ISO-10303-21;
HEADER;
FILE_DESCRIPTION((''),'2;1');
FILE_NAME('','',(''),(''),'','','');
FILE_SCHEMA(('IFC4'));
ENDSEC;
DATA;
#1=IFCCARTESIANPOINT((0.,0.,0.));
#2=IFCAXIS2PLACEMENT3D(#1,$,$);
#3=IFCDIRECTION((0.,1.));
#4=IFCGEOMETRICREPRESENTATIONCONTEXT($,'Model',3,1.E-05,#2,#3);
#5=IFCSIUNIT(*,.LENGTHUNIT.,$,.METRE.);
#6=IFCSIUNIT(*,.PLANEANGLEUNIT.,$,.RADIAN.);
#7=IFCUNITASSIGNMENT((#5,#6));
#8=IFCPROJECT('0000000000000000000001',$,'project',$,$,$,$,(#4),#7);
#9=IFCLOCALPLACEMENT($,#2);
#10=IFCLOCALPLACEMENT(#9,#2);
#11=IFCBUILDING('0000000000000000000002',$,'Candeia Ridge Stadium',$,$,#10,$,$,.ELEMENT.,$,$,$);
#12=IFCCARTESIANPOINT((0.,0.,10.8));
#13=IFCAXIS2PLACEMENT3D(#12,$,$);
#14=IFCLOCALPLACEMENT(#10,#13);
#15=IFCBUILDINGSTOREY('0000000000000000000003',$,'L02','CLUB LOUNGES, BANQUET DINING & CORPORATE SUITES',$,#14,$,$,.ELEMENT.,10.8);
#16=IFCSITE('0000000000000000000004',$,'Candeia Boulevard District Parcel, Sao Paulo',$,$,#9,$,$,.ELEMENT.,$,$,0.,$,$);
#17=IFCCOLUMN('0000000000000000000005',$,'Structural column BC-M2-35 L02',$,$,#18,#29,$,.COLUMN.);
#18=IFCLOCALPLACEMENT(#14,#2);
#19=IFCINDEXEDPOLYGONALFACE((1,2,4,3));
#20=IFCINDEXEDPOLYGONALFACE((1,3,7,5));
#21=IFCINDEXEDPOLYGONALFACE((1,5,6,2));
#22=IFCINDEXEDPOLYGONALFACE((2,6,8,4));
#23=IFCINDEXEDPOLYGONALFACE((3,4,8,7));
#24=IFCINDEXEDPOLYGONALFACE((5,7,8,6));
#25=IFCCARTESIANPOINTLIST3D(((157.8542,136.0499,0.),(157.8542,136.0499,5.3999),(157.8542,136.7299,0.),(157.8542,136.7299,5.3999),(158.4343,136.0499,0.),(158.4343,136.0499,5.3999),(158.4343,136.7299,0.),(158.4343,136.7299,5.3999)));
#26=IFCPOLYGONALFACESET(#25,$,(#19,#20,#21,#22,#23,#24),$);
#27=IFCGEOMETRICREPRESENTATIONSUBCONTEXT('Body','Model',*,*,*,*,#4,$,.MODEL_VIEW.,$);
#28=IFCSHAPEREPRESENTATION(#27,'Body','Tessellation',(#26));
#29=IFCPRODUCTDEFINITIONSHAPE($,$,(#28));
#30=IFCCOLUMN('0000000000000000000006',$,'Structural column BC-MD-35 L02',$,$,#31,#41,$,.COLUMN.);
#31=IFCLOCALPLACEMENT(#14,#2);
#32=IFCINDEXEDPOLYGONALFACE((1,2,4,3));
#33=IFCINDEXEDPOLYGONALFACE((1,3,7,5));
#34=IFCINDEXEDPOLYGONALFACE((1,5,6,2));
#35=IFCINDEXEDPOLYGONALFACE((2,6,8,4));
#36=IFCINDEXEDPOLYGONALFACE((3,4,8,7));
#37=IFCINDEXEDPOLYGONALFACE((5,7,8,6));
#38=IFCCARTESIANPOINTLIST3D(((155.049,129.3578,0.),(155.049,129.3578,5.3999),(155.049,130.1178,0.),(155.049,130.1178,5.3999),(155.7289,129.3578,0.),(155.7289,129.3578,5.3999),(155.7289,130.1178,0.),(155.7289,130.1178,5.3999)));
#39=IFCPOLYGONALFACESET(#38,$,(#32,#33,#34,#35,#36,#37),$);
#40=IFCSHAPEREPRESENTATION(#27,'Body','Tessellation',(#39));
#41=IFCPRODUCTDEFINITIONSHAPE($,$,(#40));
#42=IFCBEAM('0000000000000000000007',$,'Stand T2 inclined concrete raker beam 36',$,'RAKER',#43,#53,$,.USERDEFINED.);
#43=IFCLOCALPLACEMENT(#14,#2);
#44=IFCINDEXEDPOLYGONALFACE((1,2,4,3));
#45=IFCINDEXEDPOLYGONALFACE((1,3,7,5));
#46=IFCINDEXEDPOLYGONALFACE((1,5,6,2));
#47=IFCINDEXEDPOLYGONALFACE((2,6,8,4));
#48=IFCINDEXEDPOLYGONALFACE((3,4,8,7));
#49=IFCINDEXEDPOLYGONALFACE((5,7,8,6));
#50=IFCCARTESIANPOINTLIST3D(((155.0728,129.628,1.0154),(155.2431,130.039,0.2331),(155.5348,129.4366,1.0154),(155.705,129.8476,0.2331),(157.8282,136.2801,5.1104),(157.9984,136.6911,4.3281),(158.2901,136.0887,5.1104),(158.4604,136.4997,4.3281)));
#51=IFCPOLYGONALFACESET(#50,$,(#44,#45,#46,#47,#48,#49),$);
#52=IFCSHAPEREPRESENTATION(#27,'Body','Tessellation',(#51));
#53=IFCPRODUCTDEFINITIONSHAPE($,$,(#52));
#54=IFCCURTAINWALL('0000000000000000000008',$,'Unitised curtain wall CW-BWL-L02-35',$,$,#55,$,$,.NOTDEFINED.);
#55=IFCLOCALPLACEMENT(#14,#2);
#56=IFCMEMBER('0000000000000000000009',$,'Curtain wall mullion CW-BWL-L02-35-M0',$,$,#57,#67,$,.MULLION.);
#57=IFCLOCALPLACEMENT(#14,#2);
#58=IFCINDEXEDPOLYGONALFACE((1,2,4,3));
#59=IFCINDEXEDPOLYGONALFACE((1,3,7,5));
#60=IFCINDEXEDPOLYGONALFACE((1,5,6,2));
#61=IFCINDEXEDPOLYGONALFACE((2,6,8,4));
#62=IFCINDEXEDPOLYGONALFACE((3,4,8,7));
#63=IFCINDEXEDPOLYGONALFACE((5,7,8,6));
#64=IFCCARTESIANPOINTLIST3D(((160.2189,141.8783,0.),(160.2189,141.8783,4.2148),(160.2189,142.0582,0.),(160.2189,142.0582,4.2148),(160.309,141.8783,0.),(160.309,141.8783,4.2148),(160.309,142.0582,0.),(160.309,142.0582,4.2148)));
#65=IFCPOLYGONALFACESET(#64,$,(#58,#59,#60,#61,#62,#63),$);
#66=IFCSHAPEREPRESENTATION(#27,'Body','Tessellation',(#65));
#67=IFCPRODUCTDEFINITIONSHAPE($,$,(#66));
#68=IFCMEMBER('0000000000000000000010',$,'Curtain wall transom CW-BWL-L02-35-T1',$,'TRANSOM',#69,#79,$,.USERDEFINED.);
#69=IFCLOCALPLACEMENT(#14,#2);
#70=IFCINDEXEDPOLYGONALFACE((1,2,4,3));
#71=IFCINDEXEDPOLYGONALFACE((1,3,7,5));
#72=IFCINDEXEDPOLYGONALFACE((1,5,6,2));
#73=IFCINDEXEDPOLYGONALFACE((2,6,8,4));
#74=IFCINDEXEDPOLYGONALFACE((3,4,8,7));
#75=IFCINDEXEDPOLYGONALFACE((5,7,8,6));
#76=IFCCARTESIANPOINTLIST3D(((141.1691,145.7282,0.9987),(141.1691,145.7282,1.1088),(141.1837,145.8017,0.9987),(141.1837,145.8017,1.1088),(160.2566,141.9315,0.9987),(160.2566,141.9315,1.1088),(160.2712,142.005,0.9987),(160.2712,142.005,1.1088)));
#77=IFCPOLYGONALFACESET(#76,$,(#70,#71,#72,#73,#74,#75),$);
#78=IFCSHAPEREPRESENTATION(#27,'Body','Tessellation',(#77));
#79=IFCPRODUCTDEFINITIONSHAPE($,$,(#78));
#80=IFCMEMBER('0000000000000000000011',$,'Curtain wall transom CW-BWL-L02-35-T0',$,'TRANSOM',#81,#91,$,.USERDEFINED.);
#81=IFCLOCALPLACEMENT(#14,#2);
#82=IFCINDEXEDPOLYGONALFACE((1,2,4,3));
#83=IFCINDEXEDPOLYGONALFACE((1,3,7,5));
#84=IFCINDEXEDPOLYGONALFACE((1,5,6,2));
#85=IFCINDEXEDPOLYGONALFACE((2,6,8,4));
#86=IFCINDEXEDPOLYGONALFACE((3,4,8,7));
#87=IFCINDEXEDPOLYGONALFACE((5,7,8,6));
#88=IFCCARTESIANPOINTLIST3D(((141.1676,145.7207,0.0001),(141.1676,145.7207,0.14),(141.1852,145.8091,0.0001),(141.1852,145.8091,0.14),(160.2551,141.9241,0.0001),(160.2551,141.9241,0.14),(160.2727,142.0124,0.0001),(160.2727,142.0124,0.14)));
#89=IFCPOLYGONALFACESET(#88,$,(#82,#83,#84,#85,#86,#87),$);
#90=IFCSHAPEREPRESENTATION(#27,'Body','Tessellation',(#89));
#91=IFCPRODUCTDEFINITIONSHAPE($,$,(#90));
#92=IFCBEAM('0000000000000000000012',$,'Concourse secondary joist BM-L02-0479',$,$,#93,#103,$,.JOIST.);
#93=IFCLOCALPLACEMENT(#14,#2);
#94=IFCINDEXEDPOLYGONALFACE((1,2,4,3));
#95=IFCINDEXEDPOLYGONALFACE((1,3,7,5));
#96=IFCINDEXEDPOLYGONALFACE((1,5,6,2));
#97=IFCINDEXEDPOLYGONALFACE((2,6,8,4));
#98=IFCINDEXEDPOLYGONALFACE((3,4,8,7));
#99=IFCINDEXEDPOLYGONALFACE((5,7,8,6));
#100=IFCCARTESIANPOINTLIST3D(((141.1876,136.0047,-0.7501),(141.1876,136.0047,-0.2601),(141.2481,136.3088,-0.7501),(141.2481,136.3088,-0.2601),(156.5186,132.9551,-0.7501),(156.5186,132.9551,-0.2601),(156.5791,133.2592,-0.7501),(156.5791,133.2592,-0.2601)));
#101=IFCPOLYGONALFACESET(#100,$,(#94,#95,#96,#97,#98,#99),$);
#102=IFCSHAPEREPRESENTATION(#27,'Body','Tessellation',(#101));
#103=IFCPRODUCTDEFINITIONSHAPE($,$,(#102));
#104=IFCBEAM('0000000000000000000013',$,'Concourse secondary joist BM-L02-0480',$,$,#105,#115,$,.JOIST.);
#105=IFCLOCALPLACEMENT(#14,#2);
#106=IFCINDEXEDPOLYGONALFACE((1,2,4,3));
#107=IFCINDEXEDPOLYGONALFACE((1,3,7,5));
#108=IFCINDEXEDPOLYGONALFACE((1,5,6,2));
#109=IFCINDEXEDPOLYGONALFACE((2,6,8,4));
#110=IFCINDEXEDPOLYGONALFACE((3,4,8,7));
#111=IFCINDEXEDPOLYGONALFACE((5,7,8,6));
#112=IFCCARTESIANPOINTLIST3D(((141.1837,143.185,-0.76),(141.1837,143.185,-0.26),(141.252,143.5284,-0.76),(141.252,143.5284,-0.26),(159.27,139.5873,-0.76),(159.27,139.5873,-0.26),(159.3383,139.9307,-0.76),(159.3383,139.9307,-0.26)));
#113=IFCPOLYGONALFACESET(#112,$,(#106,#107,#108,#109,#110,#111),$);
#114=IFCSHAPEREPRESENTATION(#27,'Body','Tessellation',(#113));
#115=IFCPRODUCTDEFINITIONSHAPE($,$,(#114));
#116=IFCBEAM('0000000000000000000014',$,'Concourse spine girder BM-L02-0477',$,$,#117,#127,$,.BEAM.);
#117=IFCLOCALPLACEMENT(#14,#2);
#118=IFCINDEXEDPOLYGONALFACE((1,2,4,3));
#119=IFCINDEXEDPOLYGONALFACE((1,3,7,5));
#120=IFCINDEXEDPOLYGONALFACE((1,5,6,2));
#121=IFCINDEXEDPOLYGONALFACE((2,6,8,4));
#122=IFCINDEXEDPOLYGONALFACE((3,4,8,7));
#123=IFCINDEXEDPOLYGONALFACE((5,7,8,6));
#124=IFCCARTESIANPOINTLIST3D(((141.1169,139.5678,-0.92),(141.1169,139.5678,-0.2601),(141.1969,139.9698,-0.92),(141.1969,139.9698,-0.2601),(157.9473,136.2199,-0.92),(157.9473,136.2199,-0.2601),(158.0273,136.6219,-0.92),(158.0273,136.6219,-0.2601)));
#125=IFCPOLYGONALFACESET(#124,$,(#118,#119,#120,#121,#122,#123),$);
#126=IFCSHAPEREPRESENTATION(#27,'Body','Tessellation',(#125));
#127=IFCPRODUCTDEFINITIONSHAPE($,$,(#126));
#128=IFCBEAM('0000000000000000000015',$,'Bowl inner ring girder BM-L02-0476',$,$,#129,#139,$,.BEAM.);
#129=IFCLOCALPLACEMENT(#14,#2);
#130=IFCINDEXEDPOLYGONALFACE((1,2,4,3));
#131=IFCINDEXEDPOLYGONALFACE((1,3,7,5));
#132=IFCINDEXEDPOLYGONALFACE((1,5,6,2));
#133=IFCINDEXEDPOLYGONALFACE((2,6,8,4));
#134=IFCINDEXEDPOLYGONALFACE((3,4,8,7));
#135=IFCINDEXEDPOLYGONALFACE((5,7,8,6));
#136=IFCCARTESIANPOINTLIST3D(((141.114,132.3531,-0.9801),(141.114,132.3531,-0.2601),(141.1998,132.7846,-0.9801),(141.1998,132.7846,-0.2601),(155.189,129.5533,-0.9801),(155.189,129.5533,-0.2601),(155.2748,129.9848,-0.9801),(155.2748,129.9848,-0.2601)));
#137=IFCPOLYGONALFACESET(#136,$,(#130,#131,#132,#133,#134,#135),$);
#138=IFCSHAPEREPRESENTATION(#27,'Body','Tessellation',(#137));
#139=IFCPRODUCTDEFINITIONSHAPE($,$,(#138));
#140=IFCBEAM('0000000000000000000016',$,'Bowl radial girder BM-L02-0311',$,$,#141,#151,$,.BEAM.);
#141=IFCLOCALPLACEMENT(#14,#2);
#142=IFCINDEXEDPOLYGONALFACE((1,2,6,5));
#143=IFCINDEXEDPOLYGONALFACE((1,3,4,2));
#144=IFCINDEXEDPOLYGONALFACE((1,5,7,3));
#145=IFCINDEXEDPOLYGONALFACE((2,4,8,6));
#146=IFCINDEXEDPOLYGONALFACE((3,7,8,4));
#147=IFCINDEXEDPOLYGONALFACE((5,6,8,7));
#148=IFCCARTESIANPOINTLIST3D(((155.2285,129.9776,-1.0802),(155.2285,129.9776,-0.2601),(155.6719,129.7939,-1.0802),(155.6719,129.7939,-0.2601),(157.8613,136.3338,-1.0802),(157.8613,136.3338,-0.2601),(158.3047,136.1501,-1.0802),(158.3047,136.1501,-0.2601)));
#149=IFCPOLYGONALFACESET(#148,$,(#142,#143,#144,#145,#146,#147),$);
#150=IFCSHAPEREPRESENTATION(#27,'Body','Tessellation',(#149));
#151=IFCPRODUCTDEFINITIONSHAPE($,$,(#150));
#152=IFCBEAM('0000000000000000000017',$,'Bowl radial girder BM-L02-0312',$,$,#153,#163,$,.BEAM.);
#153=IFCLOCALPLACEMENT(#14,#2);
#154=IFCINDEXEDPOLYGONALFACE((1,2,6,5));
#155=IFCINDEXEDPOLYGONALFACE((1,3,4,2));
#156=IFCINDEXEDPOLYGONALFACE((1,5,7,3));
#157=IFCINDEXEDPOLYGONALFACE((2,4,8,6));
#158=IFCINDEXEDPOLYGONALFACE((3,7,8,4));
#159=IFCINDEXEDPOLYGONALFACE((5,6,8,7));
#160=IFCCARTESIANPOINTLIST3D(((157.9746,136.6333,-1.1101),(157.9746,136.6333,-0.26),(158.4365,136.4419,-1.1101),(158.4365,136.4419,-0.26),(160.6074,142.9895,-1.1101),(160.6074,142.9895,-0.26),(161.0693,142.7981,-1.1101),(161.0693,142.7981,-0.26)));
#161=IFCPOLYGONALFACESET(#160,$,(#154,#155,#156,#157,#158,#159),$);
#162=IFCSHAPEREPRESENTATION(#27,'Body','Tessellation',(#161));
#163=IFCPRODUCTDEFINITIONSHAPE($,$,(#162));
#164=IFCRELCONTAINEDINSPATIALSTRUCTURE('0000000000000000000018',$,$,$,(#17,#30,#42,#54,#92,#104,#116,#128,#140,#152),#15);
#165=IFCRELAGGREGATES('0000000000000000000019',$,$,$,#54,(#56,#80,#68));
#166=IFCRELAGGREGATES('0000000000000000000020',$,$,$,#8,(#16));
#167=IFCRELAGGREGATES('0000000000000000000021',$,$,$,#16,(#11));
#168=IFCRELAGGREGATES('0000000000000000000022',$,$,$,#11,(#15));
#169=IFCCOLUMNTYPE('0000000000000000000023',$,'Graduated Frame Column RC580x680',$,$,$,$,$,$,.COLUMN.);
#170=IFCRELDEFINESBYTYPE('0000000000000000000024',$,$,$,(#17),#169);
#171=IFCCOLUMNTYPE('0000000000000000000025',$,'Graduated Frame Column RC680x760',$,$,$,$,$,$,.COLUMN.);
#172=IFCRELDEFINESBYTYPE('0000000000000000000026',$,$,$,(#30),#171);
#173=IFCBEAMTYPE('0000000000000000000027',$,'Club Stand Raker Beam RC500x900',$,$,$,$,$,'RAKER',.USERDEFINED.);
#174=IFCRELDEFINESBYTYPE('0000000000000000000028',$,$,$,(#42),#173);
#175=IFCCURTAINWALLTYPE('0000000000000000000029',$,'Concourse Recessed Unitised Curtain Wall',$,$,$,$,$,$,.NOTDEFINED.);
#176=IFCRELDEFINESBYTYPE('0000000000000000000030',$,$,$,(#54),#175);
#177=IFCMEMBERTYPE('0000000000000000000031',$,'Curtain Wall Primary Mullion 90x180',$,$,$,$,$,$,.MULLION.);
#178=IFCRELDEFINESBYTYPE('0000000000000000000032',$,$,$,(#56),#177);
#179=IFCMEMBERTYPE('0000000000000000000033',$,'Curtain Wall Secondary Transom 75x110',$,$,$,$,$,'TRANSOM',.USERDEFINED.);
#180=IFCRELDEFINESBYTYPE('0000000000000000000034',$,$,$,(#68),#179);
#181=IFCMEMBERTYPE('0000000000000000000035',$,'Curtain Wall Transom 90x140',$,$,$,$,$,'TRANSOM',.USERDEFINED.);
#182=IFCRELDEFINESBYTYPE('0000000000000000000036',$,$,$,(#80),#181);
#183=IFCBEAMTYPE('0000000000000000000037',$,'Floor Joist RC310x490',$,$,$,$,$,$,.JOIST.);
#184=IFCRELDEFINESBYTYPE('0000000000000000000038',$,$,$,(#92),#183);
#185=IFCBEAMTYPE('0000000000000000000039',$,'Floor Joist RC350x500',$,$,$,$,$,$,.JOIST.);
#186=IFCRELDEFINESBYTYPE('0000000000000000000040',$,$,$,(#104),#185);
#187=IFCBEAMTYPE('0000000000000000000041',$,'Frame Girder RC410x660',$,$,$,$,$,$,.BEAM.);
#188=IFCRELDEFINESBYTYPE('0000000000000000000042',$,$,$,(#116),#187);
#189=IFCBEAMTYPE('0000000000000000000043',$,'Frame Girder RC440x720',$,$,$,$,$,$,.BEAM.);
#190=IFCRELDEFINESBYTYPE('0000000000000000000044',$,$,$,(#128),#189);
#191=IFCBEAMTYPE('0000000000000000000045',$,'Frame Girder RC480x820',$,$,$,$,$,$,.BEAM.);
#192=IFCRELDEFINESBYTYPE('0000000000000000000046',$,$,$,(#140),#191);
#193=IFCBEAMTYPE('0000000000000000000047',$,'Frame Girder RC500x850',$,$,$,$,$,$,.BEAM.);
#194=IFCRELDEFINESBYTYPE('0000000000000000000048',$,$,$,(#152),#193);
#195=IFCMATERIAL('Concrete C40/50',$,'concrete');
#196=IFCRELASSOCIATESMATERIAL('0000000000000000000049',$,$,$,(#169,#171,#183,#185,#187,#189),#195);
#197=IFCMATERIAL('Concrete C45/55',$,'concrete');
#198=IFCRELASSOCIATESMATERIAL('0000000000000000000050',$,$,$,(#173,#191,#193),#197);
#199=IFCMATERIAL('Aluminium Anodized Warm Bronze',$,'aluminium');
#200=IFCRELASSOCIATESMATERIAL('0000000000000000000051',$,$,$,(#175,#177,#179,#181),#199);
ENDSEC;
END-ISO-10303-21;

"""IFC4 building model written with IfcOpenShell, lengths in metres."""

from ifc_helpers import new_model, si_unit, direction, frame, origin, origin_2d, place, context, subcontext, project, spatial, rectangle, extrude, material, material_profile, profile_set, type_object, element, aggregate, save


model = new_model("IFC4")

# Units and contexts
model_context = context("Model", 3, precision=1e-05, world=origin(), true_north=direction((0.0, 1.0)))
body_context = subcontext(model_context, "Body", "Model", "MODEL_VIEW")
ifc_project = project(units=[si_unit("LENGTHUNIT", "METRE"), si_unit("PLANEANGLEUNIT", "RADIAN")], contexts=[model_context])

# Site, building, storey
site_placement = place(None, origin())
site = spatial("IfcSite", under=ifc_project, at=site_placement, Name="Candeia Boulevard District Parcel, Sao Paulo", CompositionType="ELEMENT", RefElevation=0.0)
building_placement = place(site_placement, origin())
building = spatial("IfcBuilding", under=site, at=building_placement, Name="Candeia Ridge Stadium", CompositionType="ELEMENT")
storey_placement = place(building_placement, frame((0.0, 0.0, 10.8)))
storey = spatial("IfcBuildingStorey", under=building, at=storey_placement, Name="L02", Description="CLUB LOUNGES, BANQUET DINING & CORPORATE SUITES", CompositionType="ELEMENT", Elevation=10.8)

# Columns
ifc_material_1 = material(Name="Concrete C40/50", Category="concrete")
ifc_material_profile_1 = material_profile(ifc_material_1, rectangle(XDim=0.5801, YDim=0.6799, at=origin_2d()), Name="RC580x680", Category="concrete")
ifc_profile_set_1 = profile_set([ifc_material_profile_1], Name="Concrete C40/50")
column_type_1 = type_object("IfcColumnType", Name="Graduated Frame Column RC580x680", PredefinedType="COLUMN", material=ifc_profile_set_1)
column_1_placement = place(storey_placement, frame((158.1443, 136.3899, 0.0), z_axis=(0.0, 0.0, 1.0), x_axis=(1.0, 0.0, 0.0)))
element("IfcColumn", 1, at=column_1_placement, inside=storey, type_object=column_type_1, Name="Structural column BC-M2-35 L02", PredefinedType="COLUMN", context=body_context, shape_type="SweptSolid", body=[
    extrude(rectangle(XDim=0.5801, YDim=0.6799, at=origin_2d()), origin(), (0.0, 0.0, 1.0), 5.3999),
])
ifc_material_profile_2 = material_profile(ifc_material_1, rectangle(XDim=0.6799, YDim=0.76, at=origin_2d()), Name="RC680x760", Category="concrete")
ifc_profile_set_2 = profile_set([ifc_material_profile_2], Name="Concrete C40/50")
column_type_2 = type_object("IfcColumnType", Name="Graduated Frame Column RC680x760", PredefinedType="COLUMN", material=ifc_profile_set_2)
column_2_placement = place(storey_placement, frame((155.3889, 129.7378, 0.0), z_axis=(0.0, 0.0, 1.0), x_axis=(1.0, 0.0, 0.0)))
element("IfcColumn", 2, at=column_2_placement, inside=storey, type_object=column_type_2, Name="Structural column BC-MD-35 L02", PredefinedType="COLUMN", context=body_context, shape_type="SweptSolid", body=[
    extrude(rectangle(XDim=0.6799, YDim=0.76, at=origin_2d()), origin(), (0.0, 0.0, 1.0), 5.3999),
])

# Beam
ifc_material_2 = material(Name="Concrete C45/55", Category="concrete")
ifc_material_profile_3 = material_profile(ifc_material_2, rectangle(XDim=0.5, YDim=0.8999, at=origin_2d()), Name="RC500x900", Category="concrete")
ifc_profile_set_3 = profile_set([ifc_material_profile_3], Name="Concrete C45/55")
beam_type_1 = type_object("IfcBeamType", Name="Club Stand Raker Beam RC500x900", ElementType="RAKER", PredefinedType="USERDEFINED", material=ifc_profile_set_3)
beam_1_placement = place(storey_placement, frame((155.3889, 129.7378, 0.6243), z_axis=(0.332646, 0.803084, 0.494371), x_axis=(-0.92388, 0.382681, 0.0)))
element("IfcBeam", 3, at=beam_1_placement, inside=storey, type_object=beam_type_1, Name="Stand T2 inclined concrete raker beam 36", ObjectType="RAKER", PredefinedType="USERDEFINED", context=body_context, shape_type="SweptSolid", body=[
    extrude(rectangle(XDim=0.5, YDim=0.8999, at=origin_2d()), origin(), (0.0, 0.0, 1.0), 8.2832),
])

# Curtain wall, members
ifc_material_3 = material(Name="Aluminium Anodized Warm Bronze", Category="aluminium")
curtain_wall_type = type_object("IfcCurtainWallType", Name="Concourse Recessed Unitised Curtain Wall", PredefinedType="NOTDEFINED", material=ifc_material_3)
curtain_wall_placement = place(storey_placement, origin())
curtain_wall = element("IfcCurtainWall", 4, at=curtain_wall_placement, inside=storey, type_object=curtain_wall_type, Name="Unitised curtain wall CW-BWL-L02-35", PredefinedType="NOTDEFINED")
ifc_material_profile_4 = material_profile(ifc_material_3, rectangle(XDim=0.0901, YDim=0.1799, at=origin_2d()), Name="CWM-90x180", Category="aluminium")
ifc_profile_set_4 = profile_set([ifc_material_profile_4], Name="Aluminium Anodized Warm Bronze")
member_type_1 = type_object("IfcMemberType", Name="Curtain Wall Primary Mullion 90x180", PredefinedType="MULLION", material=ifc_profile_set_4)
member_1_placement = place(storey_placement, frame((160.2639, 141.9683, 0.0), z_axis=(0.0, 0.0, 1.0), x_axis=(1.0, 0.0, 0.0)))
member_1 = element("IfcMember", 5, at=member_1_placement, type_object=member_type_1, Name="Curtain wall mullion CW-BWL-L02-35-M0", PredefinedType="MULLION", context=body_context, shape_type="SweptSolid", body=[
    extrude(rectangle(XDim=0.0901, YDim=0.1799, at=origin_2d()), origin(), (0.0, 0.0, 1.0), 4.2148),
])
ifc_material_profile_5 = material_profile(ifc_material_3, rectangle(XDim=0.075, YDim=0.1101, at=origin_2d()), Name="CWT-75x110", Category="aluminium")
ifc_profile_set_5 = profile_set([ifc_material_profile_5], Name="Aluminium Anodized Warm Bronze")
member_type_2 = type_object("IfcMemberType", Name="Curtain Wall Secondary Transom 75x110", ElementType="TRANSOM", PredefinedType="USERDEFINED", material=ifc_profile_set_5)
member_2_placement = place(storey_placement, frame((160.2639, 141.9683, 1.0537), z_axis=(-0.980786, 0.195086, 0.0), x_axis=(-0.195086, -0.980786, 0.0)))
member_2 = element("IfcMember", 6, at=member_2_placement, type_object=member_type_2, Name="Curtain wall transom CW-BWL-L02-35-T1", ObjectType="TRANSOM", PredefinedType="USERDEFINED", context=body_context, shape_type="SweptSolid", body=[
    extrude(rectangle(XDim=0.075, YDim=0.1101, at=origin_2d()), origin(), (0.0, 0.0, 1.0), 19.4614),
])
ifc_material_profile_6 = material_profile(ifc_material_3, rectangle(XDim=0.0901, YDim=0.1399, at=origin_2d()), Name="CWT-90x140", Category="aluminium")
ifc_profile_set_6 = profile_set([ifc_material_profile_6], Name="Aluminium Anodized Warm Bronze")
member_type_3 = type_object("IfcMemberType", Name="Curtain Wall Transom 90x140", ElementType="TRANSOM", PredefinedType="USERDEFINED", material=ifc_profile_set_6)
member_3_placement = place(storey_placement, frame((160.2639, 141.9683, 0.0701), z_axis=(-0.980786, 0.195086, 0.0), x_axis=(-0.195086, -0.980786, 0.0)))
member_3 = element("IfcMember", 7, at=member_3_placement, type_object=member_type_3, Name="Curtain wall transom CW-BWL-L02-35-T0", ObjectType="TRANSOM", PredefinedType="USERDEFINED", context=body_context, shape_type="SweptSolid", body=[
    extrude(rectangle(XDim=0.0901, YDim=0.1399, at=origin_2d()), origin(), (0.0, 0.0, 1.0), 19.4614),
])
aggregate(curtain_wall, [member_1, member_3, member_2])

# Beams
ifc_material_profile_7 = material_profile(ifc_material_1, rectangle(XDim=0.3101, YDim=0.49, at=origin_2d()), Name="RC310x490", Category="concrete")
ifc_profile_set_7 = profile_set([ifc_material_profile_7], Name="Concrete C40/50")
beam_type_2 = type_object("IfcBeamType", Name="Floor Joist RC310x490", PredefinedType="JOIST", material=ifc_profile_set_7)
beam_2_placement = place(storey_placement, frame((156.5488, 133.1072, -0.5051), z_axis=(-0.980785, 0.195092, 0.0), x_axis=(-0.195092, -0.980785, 0.0)))
element("IfcBeam", 8, at=beam_2_placement, inside=storey, type_object=beam_type_2, Name="Concourse secondary joist BM-L02-0479", PredefinedType="JOIST", context=body_context, shape_type="SweptSolid", body=[
    extrude(rectangle(XDim=0.3101, YDim=0.49, at=origin_2d()), origin(), (0.0, 0.0, 1.0), 15.6313),
])
ifc_material_profile_8 = material_profile(ifc_material_1, rectangle(XDim=0.3501, YDim=0.5, at=origin_2d()), Name="RC350x500", Category="concrete")
ifc_profile_set_8 = profile_set([ifc_material_profile_8], Name="Concrete C40/50")
beam_type_3 = type_object("IfcBeamType", Name="Floor Joist RC350x500", PredefinedType="JOIST", material=ifc_profile_set_8)
beam_3_placement = place(storey_placement, frame((159.3042, 139.759, -0.51), z_axis=(-0.980785, 0.195093, 0.0), x_axis=(-0.195093, -0.980785, 0.0)))
element("IfcBeam", 9, at=beam_3_placement, inside=storey, type_object=beam_type_3, Name="Concourse secondary joist BM-L02-0480", PredefinedType="JOIST", context=body_context, shape_type="SweptSolid", body=[
    extrude(rectangle(XDim=0.3501, YDim=0.5, at=origin_2d()), origin(), (0.0, 0.0, 1.0), 18.4407),
])
ifc_material_profile_9 = material_profile(ifc_material_1, rectangle(XDim=0.4099, YDim=0.6599, at=origin_2d()), Name="RC410x660", Category="concrete")
ifc_profile_set_9 = profile_set([ifc_material_profile_9], Name="Concrete C40/50")
beam_type_4 = type_object("IfcBeamType", Name="Frame Girder RC410x660", PredefinedType="BEAM", material=ifc_profile_set_9)
beam_4_placement = place(storey_placement, frame((157.9873, 136.4209, -0.5901), z_axis=(-0.980784, 0.195098, 0.0), x_axis=(-0.195098, -0.980784, 0.0)))
element("IfcBeam", 10, at=beam_4_placement, inside=storey, type_object=beam_type_4, Name="Concourse spine girder BM-L02-0477", PredefinedType="BEAM", context=body_context, shape_type="SweptSolid", body=[
    extrude(rectangle(XDim=0.4099, YDim=0.6599, at=origin_2d()), origin(), (0.0, 0.0, 1.0), 17.1602),
])
ifc_material_profile_10 = material_profile(ifc_material_1, rectangle(XDim=0.4399, YDim=0.72, at=origin_2d()), Name="RC440x720", Category="concrete")
ifc_profile_set_10 = profile_set([ifc_material_profile_10], Name="Concrete C40/50")
beam_type_5 = type_object("IfcBeamType", Name="Frame Girder RC440x720", PredefinedType="BEAM", material=ifc_profile_set_10)
beam_5_placement = place(storey_placement, frame((155.2319, 129.769, -0.6201), z_axis=(-0.980784, 0.195099, 0.0), x_axis=(-0.195099, -0.980784, 0.0)))
element("IfcBeam", 11, at=beam_5_placement, inside=storey, type_object=beam_type_5, Name="Bowl inner ring girder BM-L02-0476", PredefinedType="BEAM", context=body_context, shape_type="SweptSolid", body=[
    extrude(rectangle(XDim=0.4399, YDim=0.72, at=origin_2d()), origin(), (0.0, 0.0, 1.0), 14.3508),
])
ifc_material_profile_11 = material_profile(ifc_material_2, rectangle(XDim=0.48, YDim=0.8201, at=origin_2d()), Name="RC480x820", Category="concrete")
ifc_profile_set_11 = profile_set([ifc_material_profile_11], Name="Concrete C45/55")
beam_type_6 = type_object("IfcBeamType", Name="Frame Girder RC480x820", PredefinedType="BEAM", material=ifc_profile_set_11)
beam_6_placement = place(storey_placement, frame((155.4502, 129.8857, -0.6702), z_axis=(0.382682, 0.92388, 0.0), x_axis=(-0.92388, 0.382682, 0.0)))
element("IfcBeam", 12, at=beam_6_placement, inside=storey, type_object=beam_type_6, Name="Bowl radial girder BM-L02-0311", PredefinedType="BEAM", context=body_context, shape_type="SweptSolid", body=[
    extrude(rectangle(XDim=0.48, YDim=0.8201, at=origin_2d()), origin(), (0.0, 0.0, 1.0), 6.8799),
])
ifc_material_profile_12 = material_profile(ifc_material_2, rectangle(XDim=0.5, YDim=0.8501, at=origin_2d()), Name="RC500x850", Category="concrete")
ifc_profile_set_12 = profile_set([ifc_material_profile_12], Name="Concrete C45/55")
beam_type_7 = type_object("IfcBeamType", Name="Frame Girder RC500x850", PredefinedType="BEAM", material=ifc_profile_set_12)
beam_7_placement = place(storey_placement, frame((158.2056, 136.5376, -0.6851), z_axis=(0.382682, 0.92388, 0.0), x_axis=(-0.92388, 0.382682, 0.0)))
element("IfcBeam", 13, at=beam_7_placement, inside=storey, type_object=beam_type_7, Name="Bowl radial girder BM-L02-0312", PredefinedType="BEAM", context=body_context, shape_type="SweptSolid", body=[
    extrude(rectangle(XDim=0.5, YDim=0.8501, at=origin_2d()), origin(), (0.0, 0.0, 1.0), 6.8799),
])

save(model, "model.ifc")
